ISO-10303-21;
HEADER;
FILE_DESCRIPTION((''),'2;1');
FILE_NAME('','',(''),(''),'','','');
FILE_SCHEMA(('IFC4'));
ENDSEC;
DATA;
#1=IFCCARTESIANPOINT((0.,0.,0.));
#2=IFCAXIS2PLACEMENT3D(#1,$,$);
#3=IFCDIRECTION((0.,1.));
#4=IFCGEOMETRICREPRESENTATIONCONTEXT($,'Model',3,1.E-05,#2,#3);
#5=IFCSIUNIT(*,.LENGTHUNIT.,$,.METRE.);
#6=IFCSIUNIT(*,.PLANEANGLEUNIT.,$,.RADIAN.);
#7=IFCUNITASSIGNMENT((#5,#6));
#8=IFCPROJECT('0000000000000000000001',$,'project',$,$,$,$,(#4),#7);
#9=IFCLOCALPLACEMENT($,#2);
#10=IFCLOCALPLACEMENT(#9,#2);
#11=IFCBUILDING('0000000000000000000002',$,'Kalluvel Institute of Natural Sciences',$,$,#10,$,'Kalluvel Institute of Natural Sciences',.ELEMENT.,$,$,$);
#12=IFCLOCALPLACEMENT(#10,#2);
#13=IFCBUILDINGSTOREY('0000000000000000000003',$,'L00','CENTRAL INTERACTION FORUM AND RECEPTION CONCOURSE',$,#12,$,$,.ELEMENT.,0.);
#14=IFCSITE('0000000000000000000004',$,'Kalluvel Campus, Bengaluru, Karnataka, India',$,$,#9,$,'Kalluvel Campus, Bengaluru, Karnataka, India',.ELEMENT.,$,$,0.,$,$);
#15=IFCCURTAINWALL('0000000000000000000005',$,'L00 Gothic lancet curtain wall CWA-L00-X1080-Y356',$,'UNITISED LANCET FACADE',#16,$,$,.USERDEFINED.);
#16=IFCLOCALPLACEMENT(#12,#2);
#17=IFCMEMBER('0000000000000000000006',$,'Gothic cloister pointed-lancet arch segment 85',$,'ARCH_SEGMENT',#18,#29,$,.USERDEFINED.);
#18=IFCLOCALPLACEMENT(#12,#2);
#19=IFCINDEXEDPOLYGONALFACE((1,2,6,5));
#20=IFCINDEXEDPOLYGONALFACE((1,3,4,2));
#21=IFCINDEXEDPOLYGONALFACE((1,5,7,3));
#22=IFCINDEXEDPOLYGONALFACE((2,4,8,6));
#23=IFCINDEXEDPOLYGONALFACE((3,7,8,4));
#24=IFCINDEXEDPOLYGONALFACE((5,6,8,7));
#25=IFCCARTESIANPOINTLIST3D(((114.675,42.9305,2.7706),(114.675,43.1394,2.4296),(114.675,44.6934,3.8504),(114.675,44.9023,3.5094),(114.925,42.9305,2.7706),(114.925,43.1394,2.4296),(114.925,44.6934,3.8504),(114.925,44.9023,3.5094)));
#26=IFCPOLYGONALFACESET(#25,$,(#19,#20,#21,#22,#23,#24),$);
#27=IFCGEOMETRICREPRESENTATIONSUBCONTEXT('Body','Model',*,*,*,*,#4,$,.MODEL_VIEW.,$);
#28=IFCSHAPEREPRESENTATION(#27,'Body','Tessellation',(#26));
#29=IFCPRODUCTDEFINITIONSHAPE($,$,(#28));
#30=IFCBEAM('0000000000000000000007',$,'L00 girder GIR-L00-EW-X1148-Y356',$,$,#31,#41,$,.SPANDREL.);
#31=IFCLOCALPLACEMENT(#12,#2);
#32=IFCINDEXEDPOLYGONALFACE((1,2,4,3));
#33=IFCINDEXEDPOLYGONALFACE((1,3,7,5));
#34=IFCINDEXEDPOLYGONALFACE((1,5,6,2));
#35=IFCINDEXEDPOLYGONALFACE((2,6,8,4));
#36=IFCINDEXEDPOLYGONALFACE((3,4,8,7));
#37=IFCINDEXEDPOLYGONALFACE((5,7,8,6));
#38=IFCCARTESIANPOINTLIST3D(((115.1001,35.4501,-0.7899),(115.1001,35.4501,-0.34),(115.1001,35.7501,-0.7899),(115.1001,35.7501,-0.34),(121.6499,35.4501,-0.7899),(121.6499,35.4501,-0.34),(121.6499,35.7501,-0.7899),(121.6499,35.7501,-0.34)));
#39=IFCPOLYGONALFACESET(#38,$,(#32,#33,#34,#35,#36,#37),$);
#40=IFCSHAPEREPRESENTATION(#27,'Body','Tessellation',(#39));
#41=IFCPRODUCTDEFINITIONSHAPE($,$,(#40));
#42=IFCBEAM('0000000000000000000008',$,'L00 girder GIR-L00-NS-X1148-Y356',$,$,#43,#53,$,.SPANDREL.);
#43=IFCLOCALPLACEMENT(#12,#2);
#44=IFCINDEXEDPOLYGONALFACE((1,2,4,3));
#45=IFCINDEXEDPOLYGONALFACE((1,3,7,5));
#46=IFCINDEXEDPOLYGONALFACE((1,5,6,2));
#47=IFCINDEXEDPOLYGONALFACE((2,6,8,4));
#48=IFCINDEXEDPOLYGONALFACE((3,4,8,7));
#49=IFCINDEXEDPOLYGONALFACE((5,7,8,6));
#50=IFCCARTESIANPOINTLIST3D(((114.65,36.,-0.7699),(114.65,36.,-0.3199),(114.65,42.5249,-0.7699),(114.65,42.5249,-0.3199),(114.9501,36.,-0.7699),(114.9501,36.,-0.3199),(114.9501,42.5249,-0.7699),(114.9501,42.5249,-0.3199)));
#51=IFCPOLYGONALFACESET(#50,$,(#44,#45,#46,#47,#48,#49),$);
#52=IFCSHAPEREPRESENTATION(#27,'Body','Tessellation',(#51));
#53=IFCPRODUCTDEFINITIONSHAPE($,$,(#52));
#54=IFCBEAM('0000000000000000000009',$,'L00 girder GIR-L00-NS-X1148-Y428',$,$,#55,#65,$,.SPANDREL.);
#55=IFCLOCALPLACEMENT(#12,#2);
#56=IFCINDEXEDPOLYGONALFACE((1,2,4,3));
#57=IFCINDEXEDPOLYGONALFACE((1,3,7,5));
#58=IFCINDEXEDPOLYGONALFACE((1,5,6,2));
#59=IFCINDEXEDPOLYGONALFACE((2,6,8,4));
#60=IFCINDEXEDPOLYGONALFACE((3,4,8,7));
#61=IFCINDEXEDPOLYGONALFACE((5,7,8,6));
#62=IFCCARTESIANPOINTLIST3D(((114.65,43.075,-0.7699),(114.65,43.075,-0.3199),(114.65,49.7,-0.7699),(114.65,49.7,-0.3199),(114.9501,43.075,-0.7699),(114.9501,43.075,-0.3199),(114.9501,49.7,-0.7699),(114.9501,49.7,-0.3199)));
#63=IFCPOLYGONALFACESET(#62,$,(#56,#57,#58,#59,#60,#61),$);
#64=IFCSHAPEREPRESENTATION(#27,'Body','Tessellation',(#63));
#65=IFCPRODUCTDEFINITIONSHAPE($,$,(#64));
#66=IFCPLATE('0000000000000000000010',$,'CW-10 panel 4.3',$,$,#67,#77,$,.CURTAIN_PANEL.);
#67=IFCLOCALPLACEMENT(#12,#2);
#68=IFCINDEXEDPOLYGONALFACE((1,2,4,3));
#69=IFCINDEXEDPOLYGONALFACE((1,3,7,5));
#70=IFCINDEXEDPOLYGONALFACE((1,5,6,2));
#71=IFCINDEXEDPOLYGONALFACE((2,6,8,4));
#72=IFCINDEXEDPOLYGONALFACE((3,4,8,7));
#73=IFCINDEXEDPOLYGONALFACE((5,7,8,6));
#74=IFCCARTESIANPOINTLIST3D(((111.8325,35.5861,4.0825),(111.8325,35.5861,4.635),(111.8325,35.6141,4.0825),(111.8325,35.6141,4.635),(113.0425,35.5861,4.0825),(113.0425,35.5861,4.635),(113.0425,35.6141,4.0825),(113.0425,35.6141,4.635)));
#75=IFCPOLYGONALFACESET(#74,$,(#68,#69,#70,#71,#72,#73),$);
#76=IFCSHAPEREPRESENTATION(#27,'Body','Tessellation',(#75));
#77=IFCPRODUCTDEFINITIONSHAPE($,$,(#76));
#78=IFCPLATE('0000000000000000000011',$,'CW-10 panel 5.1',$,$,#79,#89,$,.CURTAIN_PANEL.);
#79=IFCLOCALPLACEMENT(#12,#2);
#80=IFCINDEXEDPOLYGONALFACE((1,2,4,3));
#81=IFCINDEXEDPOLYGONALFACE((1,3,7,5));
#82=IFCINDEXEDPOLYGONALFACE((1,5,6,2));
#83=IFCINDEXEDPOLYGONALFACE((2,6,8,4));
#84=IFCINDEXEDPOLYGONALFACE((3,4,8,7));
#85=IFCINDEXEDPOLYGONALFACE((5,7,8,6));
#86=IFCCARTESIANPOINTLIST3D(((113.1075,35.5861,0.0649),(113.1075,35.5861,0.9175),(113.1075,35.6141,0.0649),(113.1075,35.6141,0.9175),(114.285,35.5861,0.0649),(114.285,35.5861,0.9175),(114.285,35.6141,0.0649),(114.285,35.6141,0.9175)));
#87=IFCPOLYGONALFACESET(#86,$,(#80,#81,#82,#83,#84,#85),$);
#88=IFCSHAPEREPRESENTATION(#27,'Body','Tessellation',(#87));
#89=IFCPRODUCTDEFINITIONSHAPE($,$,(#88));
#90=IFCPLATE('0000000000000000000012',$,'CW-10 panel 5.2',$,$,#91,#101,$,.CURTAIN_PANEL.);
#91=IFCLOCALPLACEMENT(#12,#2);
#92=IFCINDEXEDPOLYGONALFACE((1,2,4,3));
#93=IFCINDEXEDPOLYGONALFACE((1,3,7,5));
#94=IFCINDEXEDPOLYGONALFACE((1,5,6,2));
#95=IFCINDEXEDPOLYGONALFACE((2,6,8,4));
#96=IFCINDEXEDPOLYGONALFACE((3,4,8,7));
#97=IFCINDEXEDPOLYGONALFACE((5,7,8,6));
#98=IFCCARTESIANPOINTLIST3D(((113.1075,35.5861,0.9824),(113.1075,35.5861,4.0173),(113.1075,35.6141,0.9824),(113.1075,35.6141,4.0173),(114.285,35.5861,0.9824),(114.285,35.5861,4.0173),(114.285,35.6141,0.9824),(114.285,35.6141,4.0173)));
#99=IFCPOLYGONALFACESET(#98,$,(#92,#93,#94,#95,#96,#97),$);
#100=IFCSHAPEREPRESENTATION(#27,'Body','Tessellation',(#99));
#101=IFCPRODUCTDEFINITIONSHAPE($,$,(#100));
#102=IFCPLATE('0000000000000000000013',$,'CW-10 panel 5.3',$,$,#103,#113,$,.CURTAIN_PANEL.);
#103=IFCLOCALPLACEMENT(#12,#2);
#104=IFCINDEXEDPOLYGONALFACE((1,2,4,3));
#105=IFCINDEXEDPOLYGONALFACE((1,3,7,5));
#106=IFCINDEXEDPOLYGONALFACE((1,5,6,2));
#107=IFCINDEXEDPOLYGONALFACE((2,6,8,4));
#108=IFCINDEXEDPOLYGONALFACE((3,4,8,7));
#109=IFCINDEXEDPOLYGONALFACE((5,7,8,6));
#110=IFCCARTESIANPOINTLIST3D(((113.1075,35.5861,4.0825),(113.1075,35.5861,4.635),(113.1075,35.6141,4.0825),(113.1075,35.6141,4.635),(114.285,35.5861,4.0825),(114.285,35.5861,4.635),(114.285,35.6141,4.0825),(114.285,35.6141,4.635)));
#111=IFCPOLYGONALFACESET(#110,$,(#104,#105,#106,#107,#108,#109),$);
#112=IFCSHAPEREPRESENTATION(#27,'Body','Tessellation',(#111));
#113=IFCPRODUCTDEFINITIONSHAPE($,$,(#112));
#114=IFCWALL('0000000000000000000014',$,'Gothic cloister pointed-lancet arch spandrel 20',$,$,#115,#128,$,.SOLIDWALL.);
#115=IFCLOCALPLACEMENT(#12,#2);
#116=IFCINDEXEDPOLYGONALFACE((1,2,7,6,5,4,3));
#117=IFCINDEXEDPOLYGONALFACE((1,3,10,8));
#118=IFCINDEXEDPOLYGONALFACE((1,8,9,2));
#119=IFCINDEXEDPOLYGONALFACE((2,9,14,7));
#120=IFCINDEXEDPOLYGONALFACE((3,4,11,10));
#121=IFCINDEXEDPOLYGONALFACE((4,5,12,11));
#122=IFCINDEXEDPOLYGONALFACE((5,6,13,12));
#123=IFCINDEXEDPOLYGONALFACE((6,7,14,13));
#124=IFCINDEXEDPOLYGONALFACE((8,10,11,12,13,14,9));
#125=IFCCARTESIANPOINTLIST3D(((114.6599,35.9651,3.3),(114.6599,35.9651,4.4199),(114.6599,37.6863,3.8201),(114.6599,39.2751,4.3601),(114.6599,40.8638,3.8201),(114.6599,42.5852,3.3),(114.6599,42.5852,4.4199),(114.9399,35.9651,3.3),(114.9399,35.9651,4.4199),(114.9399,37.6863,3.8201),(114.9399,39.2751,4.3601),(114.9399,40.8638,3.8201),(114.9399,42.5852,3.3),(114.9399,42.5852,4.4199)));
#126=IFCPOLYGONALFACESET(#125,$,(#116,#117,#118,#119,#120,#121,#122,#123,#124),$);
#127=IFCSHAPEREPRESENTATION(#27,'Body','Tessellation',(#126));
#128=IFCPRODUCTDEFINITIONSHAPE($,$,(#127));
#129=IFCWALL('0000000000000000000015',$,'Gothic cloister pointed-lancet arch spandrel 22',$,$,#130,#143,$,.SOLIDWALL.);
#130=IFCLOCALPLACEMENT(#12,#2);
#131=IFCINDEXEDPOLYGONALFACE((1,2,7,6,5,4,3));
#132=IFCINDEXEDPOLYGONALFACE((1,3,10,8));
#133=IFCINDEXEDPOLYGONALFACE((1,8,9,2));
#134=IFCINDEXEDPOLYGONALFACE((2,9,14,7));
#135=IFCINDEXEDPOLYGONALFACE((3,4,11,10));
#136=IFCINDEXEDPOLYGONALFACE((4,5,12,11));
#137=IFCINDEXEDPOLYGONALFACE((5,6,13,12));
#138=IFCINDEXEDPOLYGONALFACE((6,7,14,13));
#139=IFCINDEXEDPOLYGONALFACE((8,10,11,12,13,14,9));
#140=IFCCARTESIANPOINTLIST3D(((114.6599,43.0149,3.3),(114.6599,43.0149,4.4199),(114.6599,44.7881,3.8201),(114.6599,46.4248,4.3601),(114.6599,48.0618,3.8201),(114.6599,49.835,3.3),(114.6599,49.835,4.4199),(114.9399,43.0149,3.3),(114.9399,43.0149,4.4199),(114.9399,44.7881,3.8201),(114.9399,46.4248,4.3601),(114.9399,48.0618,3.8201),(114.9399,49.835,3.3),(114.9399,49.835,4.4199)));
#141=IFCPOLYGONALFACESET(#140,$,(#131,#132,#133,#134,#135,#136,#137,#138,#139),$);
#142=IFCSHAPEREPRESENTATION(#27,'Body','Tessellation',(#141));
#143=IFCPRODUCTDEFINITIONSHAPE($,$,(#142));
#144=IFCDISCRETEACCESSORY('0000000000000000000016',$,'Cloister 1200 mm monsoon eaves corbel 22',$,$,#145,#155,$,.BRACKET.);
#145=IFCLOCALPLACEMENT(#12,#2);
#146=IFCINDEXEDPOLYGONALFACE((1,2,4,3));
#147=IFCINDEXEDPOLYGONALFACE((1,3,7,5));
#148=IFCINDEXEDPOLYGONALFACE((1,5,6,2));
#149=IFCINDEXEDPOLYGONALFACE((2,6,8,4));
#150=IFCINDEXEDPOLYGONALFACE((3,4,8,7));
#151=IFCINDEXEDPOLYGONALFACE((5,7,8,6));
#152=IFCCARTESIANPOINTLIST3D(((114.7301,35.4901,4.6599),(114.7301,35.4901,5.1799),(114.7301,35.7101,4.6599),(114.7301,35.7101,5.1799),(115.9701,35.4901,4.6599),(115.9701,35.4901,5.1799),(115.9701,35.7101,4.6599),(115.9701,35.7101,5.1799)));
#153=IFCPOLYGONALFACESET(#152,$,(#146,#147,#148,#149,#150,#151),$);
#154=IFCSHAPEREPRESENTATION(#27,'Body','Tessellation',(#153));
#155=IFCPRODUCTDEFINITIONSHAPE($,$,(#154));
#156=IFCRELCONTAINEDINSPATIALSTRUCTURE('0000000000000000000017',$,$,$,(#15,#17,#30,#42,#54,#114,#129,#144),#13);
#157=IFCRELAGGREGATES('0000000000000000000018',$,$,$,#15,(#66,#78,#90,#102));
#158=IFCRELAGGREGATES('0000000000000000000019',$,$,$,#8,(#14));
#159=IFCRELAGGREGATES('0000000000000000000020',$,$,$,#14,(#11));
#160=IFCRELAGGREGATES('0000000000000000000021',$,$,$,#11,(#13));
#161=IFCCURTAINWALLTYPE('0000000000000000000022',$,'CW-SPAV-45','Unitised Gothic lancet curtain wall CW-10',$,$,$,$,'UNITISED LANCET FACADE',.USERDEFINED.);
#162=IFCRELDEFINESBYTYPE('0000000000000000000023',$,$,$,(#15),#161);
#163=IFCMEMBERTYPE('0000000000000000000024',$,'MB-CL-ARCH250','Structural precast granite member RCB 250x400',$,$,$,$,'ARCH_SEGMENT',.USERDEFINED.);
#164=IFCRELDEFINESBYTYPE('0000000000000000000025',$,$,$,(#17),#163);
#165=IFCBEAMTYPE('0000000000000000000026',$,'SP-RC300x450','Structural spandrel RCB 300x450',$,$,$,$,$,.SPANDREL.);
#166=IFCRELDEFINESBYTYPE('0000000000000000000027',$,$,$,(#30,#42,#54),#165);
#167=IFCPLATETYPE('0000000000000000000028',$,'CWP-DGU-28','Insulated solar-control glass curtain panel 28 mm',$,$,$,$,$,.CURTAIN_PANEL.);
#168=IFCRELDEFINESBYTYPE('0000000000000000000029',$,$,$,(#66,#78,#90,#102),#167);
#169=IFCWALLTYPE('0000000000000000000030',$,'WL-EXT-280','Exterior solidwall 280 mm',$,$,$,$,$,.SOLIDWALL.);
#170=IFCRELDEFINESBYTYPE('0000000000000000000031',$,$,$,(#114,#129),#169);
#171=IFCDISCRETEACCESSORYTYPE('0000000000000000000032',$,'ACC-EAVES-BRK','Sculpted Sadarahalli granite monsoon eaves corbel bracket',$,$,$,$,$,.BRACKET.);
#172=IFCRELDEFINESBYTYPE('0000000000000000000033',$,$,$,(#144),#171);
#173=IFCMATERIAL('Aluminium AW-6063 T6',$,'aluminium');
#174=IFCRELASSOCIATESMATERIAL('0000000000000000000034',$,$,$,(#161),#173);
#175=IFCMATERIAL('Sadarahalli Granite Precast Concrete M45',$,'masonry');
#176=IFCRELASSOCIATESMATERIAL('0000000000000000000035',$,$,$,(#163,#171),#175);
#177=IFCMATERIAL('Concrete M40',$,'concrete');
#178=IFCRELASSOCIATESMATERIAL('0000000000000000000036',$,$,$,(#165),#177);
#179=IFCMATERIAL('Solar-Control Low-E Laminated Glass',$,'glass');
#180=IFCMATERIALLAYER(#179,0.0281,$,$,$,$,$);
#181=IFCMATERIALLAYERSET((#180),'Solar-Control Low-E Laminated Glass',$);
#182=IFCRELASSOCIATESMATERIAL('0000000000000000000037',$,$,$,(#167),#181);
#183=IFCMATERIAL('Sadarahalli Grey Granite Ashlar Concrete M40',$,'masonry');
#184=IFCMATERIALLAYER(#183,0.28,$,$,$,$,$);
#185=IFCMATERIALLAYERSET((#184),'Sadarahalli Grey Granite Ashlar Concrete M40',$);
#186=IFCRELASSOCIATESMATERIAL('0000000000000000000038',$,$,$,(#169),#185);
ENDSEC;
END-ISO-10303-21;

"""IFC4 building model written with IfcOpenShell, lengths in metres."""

from ifc_helpers import new_model, si_unit, direction, frame, origin, origin_2d, place, context, subcontext, project, spatial, polyline, rectangle, outline, extrude, material, layer, layer_set, material_profile, profile_set, type_object, element, aggregate, save


model = new_model("IFC4")

# Units and contexts
model_context = context("Model", 3, precision=1e-05, world=origin(), true_north=direction((0.0, 1.0)))
body_context = subcontext(model_context, "Body", "Model", "MODEL_VIEW")
ifc_project = project(units=[si_unit("LENGTHUNIT", "METRE"), si_unit("PLANEANGLEUNIT", "RADIAN")], contexts=[model_context])

# Site, building, storey
site_placement = place(None, origin())
site = spatial("IfcSite", under=ifc_project, at=site_placement, Name="Kalluvel Campus, Bengaluru, Karnataka, India", LongName="Kalluvel Campus, Bengaluru, Karnataka, India", CompositionType="ELEMENT", RefElevation=0.0)
building_placement = place(site_placement, origin())
building = spatial("IfcBuilding", under=site, at=building_placement, Name="Kalluvel Institute of Natural Sciences", LongName="Kalluvel Institute of Natural Sciences", CompositionType="ELEMENT")
storey_placement = place(building_placement, origin())
storey = spatial("IfcBuildingStorey", under=building, at=storey_placement, Name="L00", Description="CENTRAL INTERACTION FORUM AND RECEPTION CONCOURSE", CompositionType="ELEMENT", Elevation=0.0)

# Shared definitions
ifc_material_1 = material(Name="Concrete M40", Category="concrete")

# Curtain wall
ifc_material_2 = material(Name="Aluminium AW-6063 T6", Category="aluminium")
curtain_wall_type = type_object("IfcCurtainWallType", Name="CW-SPAV-45", Description="Unitised Gothic lancet curtain wall CW-10", ElementType="UNITISED LANCET FACADE", PredefinedType="USERDEFINED", material=ifc_material_2)
curtain_wall_placement = place(storey_placement, origin())
curtain_wall = element("IfcCurtainWall", 1, at=curtain_wall_placement, inside=storey, type_object=curtain_wall_type, Name="L00 Gothic lancet curtain wall CWA-L00-X1080-Y356", ObjectType="UNITISED LANCET FACADE", PredefinedType="USERDEFINED")

# Member
ifc_material_3 = material(Name="Sadarahalli Granite Precast Concrete M45", Category="masonry")
ifc_material_profile_1 = material_profile(ifc_material_3, rectangle(XDim=0.25, YDim=0.3999, at=origin_2d()), Name="RCB 250x400")
ifc_profile_set_1 = profile_set([ifc_material_profile_1], Name="Sadarahalli Granite Precast Concrete M45")
member_type_1 = type_object("IfcMemberType", Name="MB-CL-ARCH250", Description="Structural precast granite member RCB 250x400", ElementType="ARCH_SEGMENT", PredefinedType="USERDEFINED", material=ifc_profile_set_1)
member_1_placement = place(storey_placement, frame((114.8, 43.0349, 2.6001), z_axis=(0.0, 0.852747, 0.522324), x_axis=(-1.0, 0.0, 0.0)))
element("IfcMember", 2, at=member_1_placement, inside=storey, type_object=member_type_1, Name="Gothic cloister pointed-lancet arch segment 85", ObjectType="ARCH_SEGMENT", PredefinedType="USERDEFINED", context=body_context, shape_type="SweptSolid", body=[
    extrude(rectangle(XDim=0.25, YDim=0.3999, at=origin_2d()), origin(), (0.0, 0.0, 1.0), 2.0674),
])

# Beams
ifc_material_profile_2 = material_profile(ifc_material_1, rectangle(XDim=0.3, YDim=0.45, at=origin_2d()), Name="RCB 300x450")
ifc_profile_set_2 = profile_set([ifc_material_profile_2], Name="Concrete M40")
beam_type = type_object("IfcBeamType", Name="SP-RC300x450", Description="Structural spandrel RCB 300x450", PredefinedType="SPANDREL", material=ifc_profile_set_2)
beam_1_placement = place(storey_placement, frame((115.1001, 35.6001, -0.5649), z_axis=(1.0, 0.0, 0.0), x_axis=(0.0, 1.0, 0.0)))
element("IfcBeam", 3, at=beam_1_placement, inside=storey, type_object=beam_type, Name="L00 girder GIR-L00-EW-X1148-Y356", PredefinedType="SPANDREL", context=body_context, shape_type="SweptSolid", body=[
    extrude(rectangle(XDim=0.3, YDim=0.45, at=origin_2d()), origin(), (0.0, 0.0, 1.0), 6.5498),
])
beam_2_placement = place(storey_placement, frame((114.8, 36.0, -0.5449), z_axis=(0.0, 1.0, 0.0), x_axis=(-1.0, 0.0, 0.0)))
element("IfcBeam", 4, at=beam_2_placement, inside=storey, type_object=beam_type, Name="L00 girder GIR-L00-NS-X1148-Y356", PredefinedType="SPANDREL", context=body_context, shape_type="SweptSolid", body=[
    extrude(rectangle(XDim=0.3, YDim=0.45, at=origin_2d()), origin(), (0.0, 0.0, 1.0), 6.5249),
])
beam_3_placement = place(storey_placement, frame((114.8, 43.075, -0.5449), z_axis=(0.0, 1.0, 0.0), x_axis=(-1.0, 0.0, 0.0)))
element("IfcBeam", 5, at=beam_3_placement, inside=storey, type_object=beam_type, Name="L00 girder GIR-L00-NS-X1148-Y428", PredefinedType="SPANDREL", context=body_context, shape_type="SweptSolid", body=[
    extrude(rectangle(XDim=0.3, YDim=0.45, at=origin_2d()), origin(), (0.0, 0.0, 1.0), 6.625),
])

# Plates
ifc_material_4 = material(Name="Solar-Control Low-E Laminated Glass", Category="glass")
ifc_layer_1 = layer(ifc_material_4, 0.0281)
ifc_layer_set_1 = layer_set([ifc_layer_1], Name="Solar-Control Low-E Laminated Glass")
plate_type = type_object("IfcPlateType", Name="CWP-DGU-28", Description="Insulated solar-control glass curtain panel 28 mm", PredefinedType="CURTAIN_PANEL", material=ifc_layer_set_1)
plate_1_placement = place(storey_placement, frame((112.4375, 35.6001, 4.0825), z_axis=(0.0, 0.0, 1.0), x_axis=(1.0, 0.0, 0.0)))
plate_1 = element("IfcPlate", 6, at=plate_1_placement, type_object=plate_type, Name="CW-10 panel 4.3", PredefinedType="CURTAIN_PANEL", context=body_context, shape_type="SweptSolid", body=[
    extrude(rectangle(XDim=1.21, YDim=0.0281, at=origin_2d()), origin(), (0.0, 0.0, 1.0), 0.5525),
])
plate_2_placement = place(storey_placement, frame((113.6963, 35.6001, 0.0649), z_axis=(0.0, 0.0, 1.0), x_axis=(1.0, 0.0, 0.0)))
plate_2 = element("IfcPlate", 7, at=plate_2_placement, type_object=plate_type, Name="CW-10 panel 5.1", PredefinedType="CURTAIN_PANEL", context=body_context, shape_type="SweptSolid", body=[
    extrude(rectangle(XDim=1.1775, YDim=0.0281, at=origin_2d()), origin(), (0.0, 0.0, 1.0), 0.8525),
])
plate_3_placement = place(storey_placement, frame((113.6963, 35.6001, 0.9824), z_axis=(0.0, 0.0, 1.0), x_axis=(1.0, 0.0, 0.0)))
plate_3 = element("IfcPlate", 8, at=plate_3_placement, type_object=plate_type, Name="CW-10 panel 5.2", PredefinedType="CURTAIN_PANEL", context=body_context, shape_type="SweptSolid", body=[
    extrude(rectangle(XDim=1.1775, YDim=0.0281, at=origin_2d()), origin(), (0.0, 0.0, 1.0), 3.0349),
])
plate_4_placement = place(storey_placement, frame((113.6963, 35.6001, 4.0825), z_axis=(0.0, 0.0, 1.0), x_axis=(1.0, 0.0, 0.0)))
plate_4 = element("IfcPlate", 9, at=plate_4_placement, type_object=plate_type, Name="CW-10 panel 5.3", PredefinedType="CURTAIN_PANEL", context=body_context, shape_type="SweptSolid", body=[
    extrude(rectangle(XDim=1.1775, YDim=0.0281, at=origin_2d()), origin(), (0.0, 0.0, 1.0), 0.5525),
])
aggregate(curtain_wall, [plate_1, plate_2, plate_3, plate_4])

# Walls
ifc_material_5 = material(Name="Sadarahalli Grey Granite Ashlar Concrete M40", Category="masonry")
ifc_layer_2 = layer(ifc_material_5, 0.28)
ifc_layer_set_2 = layer_set([ifc_layer_2], Name="Sadarahalli Grey Granite Ashlar Concrete M40")
wall_type_1 = type_object("IfcWallType", Name="WL-EXT-280", Description="Exterior solidwall 280 mm", PredefinedType="SOLIDWALL", material=ifc_layer_set_2)
wall_1_placement = place(storey_placement, frame((114.8, 35.9651, 3.3), z_axis=(0.0, 0.0, 1.0), x_axis=(0.0, 1.0, 0.0)))
element("IfcWall", 10, at=wall_1_placement, inside=storey, type_object=wall_type_1, Name="Gothic cloister pointed-lancet arch spandrel 20", PredefinedType="SOLIDWALL", context=body_context, shape_type="SweptSolid", body=[
    extrude(outline(polyline([(0.0, 0.0), (1.7212, 0.52), (3.3101, 1.0601), (4.8987, 0.52), (6.6201, 0.0), (6.6201, 1.1199), (0.0, 1.1199), (0.0, 0.0)])), frame((0.0, 0.1401, 0.0), z_axis=(0.0, -1.0, 0.0), x_axis=(1.0, 0.0, 0.0)), (0.0, 0.0, 1.0), 0.28),
])
wall_2_placement = place(storey_placement, frame((114.8, 43.0149, 3.3), z_axis=(0.0, 0.0, 1.0), x_axis=(0.0, 1.0, 0.0)))
element("IfcWall", 11, at=wall_2_placement, inside=storey, type_object=wall_type_1, Name="Gothic cloister pointed-lancet arch spandrel 22", PredefinedType="SOLIDWALL", context=body_context, shape_type="SweptSolid", body=[
    extrude(outline(polyline([(0.0, 0.0), (1.7732, 0.52), (3.4099, 1.0601), (5.0469, 0.52), (6.8201, 0.0), (6.8201, 1.1199), (0.0, 1.1199), (0.0, 0.0)])), frame((0.0, 0.1401, 0.0), z_axis=(0.0, -1.0, 0.0), x_axis=(1.0, 0.0, 0.0)), (0.0, 0.0, 1.0), 0.28),
])

# Discrete accessory
discrete_accessory_type = type_object("IfcDiscreteAccessoryType", Name="ACC-EAVES-BRK", Description="Sculpted Sadarahalli granite monsoon eaves corbel bracket", PredefinedType="BRACKET", material=ifc_material_3)
discrete_accessory_placement = place(storey_placement, frame((115.3501, 35.6001, 4.6599), z_axis=(0.0, 0.0, 1.0), x_axis=(1.0, 0.0, 0.0)))
element("IfcDiscreteAccessory", 12, at=discrete_accessory_placement, inside=storey, type_object=discrete_accessory_type, Name="Cloister 1200 mm monsoon eaves corbel 22", PredefinedType="BRACKET", context=body_context, shape_type="SweptSolid", body=[
    extrude(rectangle(XDim=1.24, YDim=0.22, at=origin_2d()), origin(), (0.0, 0.0, 1.0), 0.52),
])

save(model, "model.ifc")
